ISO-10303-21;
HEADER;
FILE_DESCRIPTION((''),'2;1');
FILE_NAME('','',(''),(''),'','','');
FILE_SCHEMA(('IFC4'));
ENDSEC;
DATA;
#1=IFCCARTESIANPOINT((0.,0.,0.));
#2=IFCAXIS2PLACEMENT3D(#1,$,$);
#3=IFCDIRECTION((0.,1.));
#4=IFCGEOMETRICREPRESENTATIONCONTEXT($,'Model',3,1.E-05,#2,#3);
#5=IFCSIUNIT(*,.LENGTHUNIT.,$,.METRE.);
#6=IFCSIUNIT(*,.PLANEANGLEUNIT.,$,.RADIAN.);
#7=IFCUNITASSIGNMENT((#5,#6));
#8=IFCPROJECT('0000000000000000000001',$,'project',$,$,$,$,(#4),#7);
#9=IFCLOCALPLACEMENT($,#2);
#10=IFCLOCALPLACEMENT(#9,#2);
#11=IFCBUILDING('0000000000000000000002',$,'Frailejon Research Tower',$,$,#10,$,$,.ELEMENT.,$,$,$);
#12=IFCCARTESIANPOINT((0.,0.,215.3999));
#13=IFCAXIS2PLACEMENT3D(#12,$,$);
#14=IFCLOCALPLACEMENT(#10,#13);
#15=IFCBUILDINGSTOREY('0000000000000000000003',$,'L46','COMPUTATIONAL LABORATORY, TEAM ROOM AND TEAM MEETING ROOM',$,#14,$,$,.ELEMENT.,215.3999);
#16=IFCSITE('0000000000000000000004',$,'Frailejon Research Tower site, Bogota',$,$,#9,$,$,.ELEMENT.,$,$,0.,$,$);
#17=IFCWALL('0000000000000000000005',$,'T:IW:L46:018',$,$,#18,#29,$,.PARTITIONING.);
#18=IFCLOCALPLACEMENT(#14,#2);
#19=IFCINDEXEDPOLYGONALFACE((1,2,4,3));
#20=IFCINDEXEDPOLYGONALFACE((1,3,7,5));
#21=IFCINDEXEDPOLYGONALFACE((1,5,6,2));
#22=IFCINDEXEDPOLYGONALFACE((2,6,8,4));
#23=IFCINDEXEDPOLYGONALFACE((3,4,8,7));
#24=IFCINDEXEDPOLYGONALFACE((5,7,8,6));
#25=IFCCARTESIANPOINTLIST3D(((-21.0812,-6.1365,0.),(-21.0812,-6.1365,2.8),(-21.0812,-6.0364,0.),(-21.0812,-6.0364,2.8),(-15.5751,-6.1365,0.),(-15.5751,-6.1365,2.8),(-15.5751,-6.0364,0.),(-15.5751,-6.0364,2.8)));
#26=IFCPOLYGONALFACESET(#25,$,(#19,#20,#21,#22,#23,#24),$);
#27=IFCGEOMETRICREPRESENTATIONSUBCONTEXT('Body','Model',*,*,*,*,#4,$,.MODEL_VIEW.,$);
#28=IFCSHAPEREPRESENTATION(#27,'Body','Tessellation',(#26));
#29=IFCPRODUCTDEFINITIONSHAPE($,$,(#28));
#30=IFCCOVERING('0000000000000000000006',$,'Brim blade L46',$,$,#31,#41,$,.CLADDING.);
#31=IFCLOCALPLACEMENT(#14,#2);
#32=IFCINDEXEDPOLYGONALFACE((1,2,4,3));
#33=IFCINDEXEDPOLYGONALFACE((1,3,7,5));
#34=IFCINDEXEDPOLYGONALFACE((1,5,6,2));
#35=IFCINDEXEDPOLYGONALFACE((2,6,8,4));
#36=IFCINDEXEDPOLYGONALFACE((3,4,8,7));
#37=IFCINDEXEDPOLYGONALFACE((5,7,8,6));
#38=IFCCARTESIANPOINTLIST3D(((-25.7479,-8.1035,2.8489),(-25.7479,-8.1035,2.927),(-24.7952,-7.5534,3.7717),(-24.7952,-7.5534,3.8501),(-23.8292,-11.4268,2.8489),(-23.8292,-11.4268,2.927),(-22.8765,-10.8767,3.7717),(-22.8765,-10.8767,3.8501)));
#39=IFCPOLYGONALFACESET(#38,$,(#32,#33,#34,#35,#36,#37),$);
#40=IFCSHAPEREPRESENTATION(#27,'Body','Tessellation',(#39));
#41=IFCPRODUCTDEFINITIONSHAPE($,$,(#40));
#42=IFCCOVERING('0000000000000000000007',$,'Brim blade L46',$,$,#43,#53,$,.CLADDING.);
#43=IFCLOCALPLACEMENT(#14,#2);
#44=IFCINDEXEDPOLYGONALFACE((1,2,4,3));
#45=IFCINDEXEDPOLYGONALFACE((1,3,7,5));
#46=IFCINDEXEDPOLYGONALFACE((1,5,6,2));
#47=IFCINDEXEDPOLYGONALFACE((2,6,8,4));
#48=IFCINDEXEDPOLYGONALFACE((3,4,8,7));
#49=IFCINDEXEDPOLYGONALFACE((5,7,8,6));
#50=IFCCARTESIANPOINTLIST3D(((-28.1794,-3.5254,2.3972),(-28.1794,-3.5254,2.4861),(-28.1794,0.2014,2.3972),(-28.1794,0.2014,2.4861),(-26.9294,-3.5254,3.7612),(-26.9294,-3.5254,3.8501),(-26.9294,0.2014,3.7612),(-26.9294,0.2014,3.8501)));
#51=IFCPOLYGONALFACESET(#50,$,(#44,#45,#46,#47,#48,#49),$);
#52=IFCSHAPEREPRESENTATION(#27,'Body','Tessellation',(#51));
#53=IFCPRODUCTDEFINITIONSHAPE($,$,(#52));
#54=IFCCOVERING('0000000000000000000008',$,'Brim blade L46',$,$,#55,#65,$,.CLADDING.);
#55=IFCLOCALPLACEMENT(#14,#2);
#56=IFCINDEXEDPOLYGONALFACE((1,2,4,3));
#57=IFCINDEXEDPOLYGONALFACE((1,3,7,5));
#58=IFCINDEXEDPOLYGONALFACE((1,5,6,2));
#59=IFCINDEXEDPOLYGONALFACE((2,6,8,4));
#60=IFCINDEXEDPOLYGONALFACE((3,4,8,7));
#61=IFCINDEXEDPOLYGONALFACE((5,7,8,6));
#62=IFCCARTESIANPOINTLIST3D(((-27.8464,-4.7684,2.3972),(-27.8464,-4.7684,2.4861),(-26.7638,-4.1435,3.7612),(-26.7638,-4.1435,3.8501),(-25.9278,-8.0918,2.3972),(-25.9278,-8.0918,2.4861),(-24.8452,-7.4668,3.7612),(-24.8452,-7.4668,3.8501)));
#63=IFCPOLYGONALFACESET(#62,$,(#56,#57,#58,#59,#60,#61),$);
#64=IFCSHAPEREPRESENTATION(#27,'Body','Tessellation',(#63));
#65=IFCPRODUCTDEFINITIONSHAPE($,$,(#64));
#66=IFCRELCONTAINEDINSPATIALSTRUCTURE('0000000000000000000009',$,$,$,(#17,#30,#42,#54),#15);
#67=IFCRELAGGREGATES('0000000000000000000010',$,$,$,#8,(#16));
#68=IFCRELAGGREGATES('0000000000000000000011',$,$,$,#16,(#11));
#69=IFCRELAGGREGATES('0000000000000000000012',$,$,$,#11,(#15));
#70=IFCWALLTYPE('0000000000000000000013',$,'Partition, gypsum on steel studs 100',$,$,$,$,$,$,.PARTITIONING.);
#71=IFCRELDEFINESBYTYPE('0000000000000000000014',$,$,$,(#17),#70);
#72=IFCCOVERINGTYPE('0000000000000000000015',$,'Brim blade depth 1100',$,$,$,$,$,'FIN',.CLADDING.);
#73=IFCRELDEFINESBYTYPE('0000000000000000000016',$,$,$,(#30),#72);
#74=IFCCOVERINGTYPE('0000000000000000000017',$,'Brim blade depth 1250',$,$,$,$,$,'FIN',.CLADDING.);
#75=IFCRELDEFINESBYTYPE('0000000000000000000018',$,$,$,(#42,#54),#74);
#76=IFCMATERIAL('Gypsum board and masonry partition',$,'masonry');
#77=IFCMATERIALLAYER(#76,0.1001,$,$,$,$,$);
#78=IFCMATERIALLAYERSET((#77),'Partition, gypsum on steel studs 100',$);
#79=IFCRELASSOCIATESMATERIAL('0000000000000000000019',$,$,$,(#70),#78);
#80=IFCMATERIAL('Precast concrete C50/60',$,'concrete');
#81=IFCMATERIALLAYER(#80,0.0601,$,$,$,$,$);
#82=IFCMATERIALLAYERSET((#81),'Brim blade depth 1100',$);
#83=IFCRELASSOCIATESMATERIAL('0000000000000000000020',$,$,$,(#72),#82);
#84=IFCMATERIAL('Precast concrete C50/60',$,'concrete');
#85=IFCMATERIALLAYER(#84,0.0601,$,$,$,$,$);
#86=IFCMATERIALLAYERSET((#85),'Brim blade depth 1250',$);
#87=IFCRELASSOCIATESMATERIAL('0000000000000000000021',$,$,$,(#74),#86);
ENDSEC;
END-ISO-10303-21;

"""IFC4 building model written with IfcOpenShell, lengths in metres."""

from ifc_helpers import new_model, si_unit, direction, frame, frame_2d, origin, place, context, subcontext, project, spatial, polyline, rectangle, outline, extrude, material, layer, layer_set, type_object, element, save


model = new_model("IFC4")

# Units and contexts
model_context = context("Model", 3, precision=1e-05, world=origin(), true_north=direction((0.0, 1.0)))
body_context = subcontext(model_context, "Body", "Model", "MODEL_VIEW")
ifc_project = project(units=[si_unit("LENGTHUNIT", "METRE"), si_unit("PLANEANGLEUNIT", "RADIAN")], contexts=[model_context])

# Site, building, storey
site_placement = place(None, origin())
site = spatial("IfcSite", under=ifc_project, at=site_placement, Name="Frailejon Research Tower site, Bogota", CompositionType="ELEMENT", RefElevation=0.0)
building_placement = place(site_placement, origin())
building = spatial("IfcBuilding", under=site, at=building_placement, Name="Frailejon Research Tower", CompositionType="ELEMENT")
storey_placement = place(building_placement, frame((0.0, 0.0, 215.3999)))
storey = spatial("IfcBuildingStorey", under=building, at=storey_placement, Name="L46", Description="COMPUTATIONAL LABORATORY, TEAM ROOM AND TEAM MEETING ROOM", CompositionType="ELEMENT", Elevation=215.3999)

# Wall
ifc_material_1 = material(Name="Gypsum board and masonry partition", Category="masonry")
ifc_layer_1 = layer(ifc_material_1, 0.1001)
ifc_layer_set_1 = layer_set([ifc_layer_1], Name="Partition, gypsum on steel studs 100")
wall_type_1 = type_object("IfcWallType", Name="Partition, gypsum on steel studs 100", PredefinedType="PARTITIONING", material=ifc_layer_set_1)
wall_1_placement = place(storey_placement, frame((-21.0811, -6.0864, 0.0), z_axis=(0.0, 0.0, 1.0), x_axis=(1.0, 0.0, 0.0)))
element("IfcWall", 1, at=wall_1_placement, inside=storey, type_object=wall_type_1, Name="T:IW:L46:018", PredefinedType="PARTITIONING", context=body_context, shape_type="SweptSolid", body=[
    extrude(rectangle(XDim=5.5061, YDim=0.1001, at=frame_2d((2.7529, 0.0))), origin(), (0.0, 0.0, 1.0), 2.8),
])

# Coverings
ifc_material_2 = material(Name="Precast concrete C50/60", Category="concrete")
ifc_layer_2 = layer(ifc_material_2, 0.0601)
ifc_layer_set_2 = layer_set([ifc_layer_2], Name="Brim blade depth 1100")
covering_type_1 = type_object("IfcCoveringType", Name="Brim blade depth 1100", ElementType="FIN", PredefinedType="CLADDING", material=ifc_layer_set_2)
covering_1_placement = place(storey_placement, frame((-22.8765, -10.8767, 3.8501), z_axis=(-0.499999, 0.866026, 0.0), x_axis=(-0.866026, -0.499999, 0.0)))
element("IfcCovering", 2, at=covering_1_placement, inside=storey, type_object=covering_type_1, Name="Brim blade L46", PredefinedType="CLADDING", context=body_context, shape_type="SweptSolid", body=[
    extrude(outline(polyline([(0.0, -0.0784), (1.1001, -1.0012), (1.1001, -0.9231), (0.0, 0.0), (0.0, -0.0784)])), origin(), (0.0, 0.0, 1.0), 3.8374),
])
ifc_material_3 = material(Name="Precast concrete C50/60", Category="concrete")
ifc_layer_3 = layer(ifc_material_3, 0.0601)
ifc_layer_set_3 = layer_set([ifc_layer_3], Name="Brim blade depth 1250")
covering_type_2 = type_object("IfcCoveringType", Name="Brim blade depth 1250", ElementType="FIN", PredefinedType="CLADDING", material=ifc_layer_set_3)
covering_2_placement = place(storey_placement, frame((-26.9294, -3.5254, 3.8501), z_axis=(0.0, 1.0, 0.0), x_axis=(-1.0, 0.0, 0.0)))
element("IfcCovering", 3, at=covering_2_placement, inside=storey, type_object=covering_type_2, Name="Brim blade L46", PredefinedType="CLADDING", context=body_context, shape_type="SweptSolid", body=[
    extrude(outline(polyline([(0.0, -0.0889), (1.25, -1.4529), (1.25, -1.364), (0.0, 0.0), (0.0, -0.0889)])), origin(), (0.0, 0.0, 1.0), 3.7268),
])
covering_3_placement = place(storey_placement, frame((-24.8452, -7.4668, 3.8501), z_axis=(-0.49998, 0.866037, 0.0), x_axis=(-0.866037, -0.49998, 0.0)))
element("IfcCovering", 4, at=covering_3_placement, inside=storey, type_object=covering_type_2, Name="Brim blade L46", PredefinedType="CLADDING", context=body_context, shape_type="SweptSolid", body=[
    extrude(outline(polyline([(0.0, -0.0889), (1.25, -1.4529), (1.25, -1.364), (0.0, 0.0), (0.0, -0.0889)])), origin(), (0.0, 0.0, 1.0), 3.8374),
])

save(model, "model.ifc")
